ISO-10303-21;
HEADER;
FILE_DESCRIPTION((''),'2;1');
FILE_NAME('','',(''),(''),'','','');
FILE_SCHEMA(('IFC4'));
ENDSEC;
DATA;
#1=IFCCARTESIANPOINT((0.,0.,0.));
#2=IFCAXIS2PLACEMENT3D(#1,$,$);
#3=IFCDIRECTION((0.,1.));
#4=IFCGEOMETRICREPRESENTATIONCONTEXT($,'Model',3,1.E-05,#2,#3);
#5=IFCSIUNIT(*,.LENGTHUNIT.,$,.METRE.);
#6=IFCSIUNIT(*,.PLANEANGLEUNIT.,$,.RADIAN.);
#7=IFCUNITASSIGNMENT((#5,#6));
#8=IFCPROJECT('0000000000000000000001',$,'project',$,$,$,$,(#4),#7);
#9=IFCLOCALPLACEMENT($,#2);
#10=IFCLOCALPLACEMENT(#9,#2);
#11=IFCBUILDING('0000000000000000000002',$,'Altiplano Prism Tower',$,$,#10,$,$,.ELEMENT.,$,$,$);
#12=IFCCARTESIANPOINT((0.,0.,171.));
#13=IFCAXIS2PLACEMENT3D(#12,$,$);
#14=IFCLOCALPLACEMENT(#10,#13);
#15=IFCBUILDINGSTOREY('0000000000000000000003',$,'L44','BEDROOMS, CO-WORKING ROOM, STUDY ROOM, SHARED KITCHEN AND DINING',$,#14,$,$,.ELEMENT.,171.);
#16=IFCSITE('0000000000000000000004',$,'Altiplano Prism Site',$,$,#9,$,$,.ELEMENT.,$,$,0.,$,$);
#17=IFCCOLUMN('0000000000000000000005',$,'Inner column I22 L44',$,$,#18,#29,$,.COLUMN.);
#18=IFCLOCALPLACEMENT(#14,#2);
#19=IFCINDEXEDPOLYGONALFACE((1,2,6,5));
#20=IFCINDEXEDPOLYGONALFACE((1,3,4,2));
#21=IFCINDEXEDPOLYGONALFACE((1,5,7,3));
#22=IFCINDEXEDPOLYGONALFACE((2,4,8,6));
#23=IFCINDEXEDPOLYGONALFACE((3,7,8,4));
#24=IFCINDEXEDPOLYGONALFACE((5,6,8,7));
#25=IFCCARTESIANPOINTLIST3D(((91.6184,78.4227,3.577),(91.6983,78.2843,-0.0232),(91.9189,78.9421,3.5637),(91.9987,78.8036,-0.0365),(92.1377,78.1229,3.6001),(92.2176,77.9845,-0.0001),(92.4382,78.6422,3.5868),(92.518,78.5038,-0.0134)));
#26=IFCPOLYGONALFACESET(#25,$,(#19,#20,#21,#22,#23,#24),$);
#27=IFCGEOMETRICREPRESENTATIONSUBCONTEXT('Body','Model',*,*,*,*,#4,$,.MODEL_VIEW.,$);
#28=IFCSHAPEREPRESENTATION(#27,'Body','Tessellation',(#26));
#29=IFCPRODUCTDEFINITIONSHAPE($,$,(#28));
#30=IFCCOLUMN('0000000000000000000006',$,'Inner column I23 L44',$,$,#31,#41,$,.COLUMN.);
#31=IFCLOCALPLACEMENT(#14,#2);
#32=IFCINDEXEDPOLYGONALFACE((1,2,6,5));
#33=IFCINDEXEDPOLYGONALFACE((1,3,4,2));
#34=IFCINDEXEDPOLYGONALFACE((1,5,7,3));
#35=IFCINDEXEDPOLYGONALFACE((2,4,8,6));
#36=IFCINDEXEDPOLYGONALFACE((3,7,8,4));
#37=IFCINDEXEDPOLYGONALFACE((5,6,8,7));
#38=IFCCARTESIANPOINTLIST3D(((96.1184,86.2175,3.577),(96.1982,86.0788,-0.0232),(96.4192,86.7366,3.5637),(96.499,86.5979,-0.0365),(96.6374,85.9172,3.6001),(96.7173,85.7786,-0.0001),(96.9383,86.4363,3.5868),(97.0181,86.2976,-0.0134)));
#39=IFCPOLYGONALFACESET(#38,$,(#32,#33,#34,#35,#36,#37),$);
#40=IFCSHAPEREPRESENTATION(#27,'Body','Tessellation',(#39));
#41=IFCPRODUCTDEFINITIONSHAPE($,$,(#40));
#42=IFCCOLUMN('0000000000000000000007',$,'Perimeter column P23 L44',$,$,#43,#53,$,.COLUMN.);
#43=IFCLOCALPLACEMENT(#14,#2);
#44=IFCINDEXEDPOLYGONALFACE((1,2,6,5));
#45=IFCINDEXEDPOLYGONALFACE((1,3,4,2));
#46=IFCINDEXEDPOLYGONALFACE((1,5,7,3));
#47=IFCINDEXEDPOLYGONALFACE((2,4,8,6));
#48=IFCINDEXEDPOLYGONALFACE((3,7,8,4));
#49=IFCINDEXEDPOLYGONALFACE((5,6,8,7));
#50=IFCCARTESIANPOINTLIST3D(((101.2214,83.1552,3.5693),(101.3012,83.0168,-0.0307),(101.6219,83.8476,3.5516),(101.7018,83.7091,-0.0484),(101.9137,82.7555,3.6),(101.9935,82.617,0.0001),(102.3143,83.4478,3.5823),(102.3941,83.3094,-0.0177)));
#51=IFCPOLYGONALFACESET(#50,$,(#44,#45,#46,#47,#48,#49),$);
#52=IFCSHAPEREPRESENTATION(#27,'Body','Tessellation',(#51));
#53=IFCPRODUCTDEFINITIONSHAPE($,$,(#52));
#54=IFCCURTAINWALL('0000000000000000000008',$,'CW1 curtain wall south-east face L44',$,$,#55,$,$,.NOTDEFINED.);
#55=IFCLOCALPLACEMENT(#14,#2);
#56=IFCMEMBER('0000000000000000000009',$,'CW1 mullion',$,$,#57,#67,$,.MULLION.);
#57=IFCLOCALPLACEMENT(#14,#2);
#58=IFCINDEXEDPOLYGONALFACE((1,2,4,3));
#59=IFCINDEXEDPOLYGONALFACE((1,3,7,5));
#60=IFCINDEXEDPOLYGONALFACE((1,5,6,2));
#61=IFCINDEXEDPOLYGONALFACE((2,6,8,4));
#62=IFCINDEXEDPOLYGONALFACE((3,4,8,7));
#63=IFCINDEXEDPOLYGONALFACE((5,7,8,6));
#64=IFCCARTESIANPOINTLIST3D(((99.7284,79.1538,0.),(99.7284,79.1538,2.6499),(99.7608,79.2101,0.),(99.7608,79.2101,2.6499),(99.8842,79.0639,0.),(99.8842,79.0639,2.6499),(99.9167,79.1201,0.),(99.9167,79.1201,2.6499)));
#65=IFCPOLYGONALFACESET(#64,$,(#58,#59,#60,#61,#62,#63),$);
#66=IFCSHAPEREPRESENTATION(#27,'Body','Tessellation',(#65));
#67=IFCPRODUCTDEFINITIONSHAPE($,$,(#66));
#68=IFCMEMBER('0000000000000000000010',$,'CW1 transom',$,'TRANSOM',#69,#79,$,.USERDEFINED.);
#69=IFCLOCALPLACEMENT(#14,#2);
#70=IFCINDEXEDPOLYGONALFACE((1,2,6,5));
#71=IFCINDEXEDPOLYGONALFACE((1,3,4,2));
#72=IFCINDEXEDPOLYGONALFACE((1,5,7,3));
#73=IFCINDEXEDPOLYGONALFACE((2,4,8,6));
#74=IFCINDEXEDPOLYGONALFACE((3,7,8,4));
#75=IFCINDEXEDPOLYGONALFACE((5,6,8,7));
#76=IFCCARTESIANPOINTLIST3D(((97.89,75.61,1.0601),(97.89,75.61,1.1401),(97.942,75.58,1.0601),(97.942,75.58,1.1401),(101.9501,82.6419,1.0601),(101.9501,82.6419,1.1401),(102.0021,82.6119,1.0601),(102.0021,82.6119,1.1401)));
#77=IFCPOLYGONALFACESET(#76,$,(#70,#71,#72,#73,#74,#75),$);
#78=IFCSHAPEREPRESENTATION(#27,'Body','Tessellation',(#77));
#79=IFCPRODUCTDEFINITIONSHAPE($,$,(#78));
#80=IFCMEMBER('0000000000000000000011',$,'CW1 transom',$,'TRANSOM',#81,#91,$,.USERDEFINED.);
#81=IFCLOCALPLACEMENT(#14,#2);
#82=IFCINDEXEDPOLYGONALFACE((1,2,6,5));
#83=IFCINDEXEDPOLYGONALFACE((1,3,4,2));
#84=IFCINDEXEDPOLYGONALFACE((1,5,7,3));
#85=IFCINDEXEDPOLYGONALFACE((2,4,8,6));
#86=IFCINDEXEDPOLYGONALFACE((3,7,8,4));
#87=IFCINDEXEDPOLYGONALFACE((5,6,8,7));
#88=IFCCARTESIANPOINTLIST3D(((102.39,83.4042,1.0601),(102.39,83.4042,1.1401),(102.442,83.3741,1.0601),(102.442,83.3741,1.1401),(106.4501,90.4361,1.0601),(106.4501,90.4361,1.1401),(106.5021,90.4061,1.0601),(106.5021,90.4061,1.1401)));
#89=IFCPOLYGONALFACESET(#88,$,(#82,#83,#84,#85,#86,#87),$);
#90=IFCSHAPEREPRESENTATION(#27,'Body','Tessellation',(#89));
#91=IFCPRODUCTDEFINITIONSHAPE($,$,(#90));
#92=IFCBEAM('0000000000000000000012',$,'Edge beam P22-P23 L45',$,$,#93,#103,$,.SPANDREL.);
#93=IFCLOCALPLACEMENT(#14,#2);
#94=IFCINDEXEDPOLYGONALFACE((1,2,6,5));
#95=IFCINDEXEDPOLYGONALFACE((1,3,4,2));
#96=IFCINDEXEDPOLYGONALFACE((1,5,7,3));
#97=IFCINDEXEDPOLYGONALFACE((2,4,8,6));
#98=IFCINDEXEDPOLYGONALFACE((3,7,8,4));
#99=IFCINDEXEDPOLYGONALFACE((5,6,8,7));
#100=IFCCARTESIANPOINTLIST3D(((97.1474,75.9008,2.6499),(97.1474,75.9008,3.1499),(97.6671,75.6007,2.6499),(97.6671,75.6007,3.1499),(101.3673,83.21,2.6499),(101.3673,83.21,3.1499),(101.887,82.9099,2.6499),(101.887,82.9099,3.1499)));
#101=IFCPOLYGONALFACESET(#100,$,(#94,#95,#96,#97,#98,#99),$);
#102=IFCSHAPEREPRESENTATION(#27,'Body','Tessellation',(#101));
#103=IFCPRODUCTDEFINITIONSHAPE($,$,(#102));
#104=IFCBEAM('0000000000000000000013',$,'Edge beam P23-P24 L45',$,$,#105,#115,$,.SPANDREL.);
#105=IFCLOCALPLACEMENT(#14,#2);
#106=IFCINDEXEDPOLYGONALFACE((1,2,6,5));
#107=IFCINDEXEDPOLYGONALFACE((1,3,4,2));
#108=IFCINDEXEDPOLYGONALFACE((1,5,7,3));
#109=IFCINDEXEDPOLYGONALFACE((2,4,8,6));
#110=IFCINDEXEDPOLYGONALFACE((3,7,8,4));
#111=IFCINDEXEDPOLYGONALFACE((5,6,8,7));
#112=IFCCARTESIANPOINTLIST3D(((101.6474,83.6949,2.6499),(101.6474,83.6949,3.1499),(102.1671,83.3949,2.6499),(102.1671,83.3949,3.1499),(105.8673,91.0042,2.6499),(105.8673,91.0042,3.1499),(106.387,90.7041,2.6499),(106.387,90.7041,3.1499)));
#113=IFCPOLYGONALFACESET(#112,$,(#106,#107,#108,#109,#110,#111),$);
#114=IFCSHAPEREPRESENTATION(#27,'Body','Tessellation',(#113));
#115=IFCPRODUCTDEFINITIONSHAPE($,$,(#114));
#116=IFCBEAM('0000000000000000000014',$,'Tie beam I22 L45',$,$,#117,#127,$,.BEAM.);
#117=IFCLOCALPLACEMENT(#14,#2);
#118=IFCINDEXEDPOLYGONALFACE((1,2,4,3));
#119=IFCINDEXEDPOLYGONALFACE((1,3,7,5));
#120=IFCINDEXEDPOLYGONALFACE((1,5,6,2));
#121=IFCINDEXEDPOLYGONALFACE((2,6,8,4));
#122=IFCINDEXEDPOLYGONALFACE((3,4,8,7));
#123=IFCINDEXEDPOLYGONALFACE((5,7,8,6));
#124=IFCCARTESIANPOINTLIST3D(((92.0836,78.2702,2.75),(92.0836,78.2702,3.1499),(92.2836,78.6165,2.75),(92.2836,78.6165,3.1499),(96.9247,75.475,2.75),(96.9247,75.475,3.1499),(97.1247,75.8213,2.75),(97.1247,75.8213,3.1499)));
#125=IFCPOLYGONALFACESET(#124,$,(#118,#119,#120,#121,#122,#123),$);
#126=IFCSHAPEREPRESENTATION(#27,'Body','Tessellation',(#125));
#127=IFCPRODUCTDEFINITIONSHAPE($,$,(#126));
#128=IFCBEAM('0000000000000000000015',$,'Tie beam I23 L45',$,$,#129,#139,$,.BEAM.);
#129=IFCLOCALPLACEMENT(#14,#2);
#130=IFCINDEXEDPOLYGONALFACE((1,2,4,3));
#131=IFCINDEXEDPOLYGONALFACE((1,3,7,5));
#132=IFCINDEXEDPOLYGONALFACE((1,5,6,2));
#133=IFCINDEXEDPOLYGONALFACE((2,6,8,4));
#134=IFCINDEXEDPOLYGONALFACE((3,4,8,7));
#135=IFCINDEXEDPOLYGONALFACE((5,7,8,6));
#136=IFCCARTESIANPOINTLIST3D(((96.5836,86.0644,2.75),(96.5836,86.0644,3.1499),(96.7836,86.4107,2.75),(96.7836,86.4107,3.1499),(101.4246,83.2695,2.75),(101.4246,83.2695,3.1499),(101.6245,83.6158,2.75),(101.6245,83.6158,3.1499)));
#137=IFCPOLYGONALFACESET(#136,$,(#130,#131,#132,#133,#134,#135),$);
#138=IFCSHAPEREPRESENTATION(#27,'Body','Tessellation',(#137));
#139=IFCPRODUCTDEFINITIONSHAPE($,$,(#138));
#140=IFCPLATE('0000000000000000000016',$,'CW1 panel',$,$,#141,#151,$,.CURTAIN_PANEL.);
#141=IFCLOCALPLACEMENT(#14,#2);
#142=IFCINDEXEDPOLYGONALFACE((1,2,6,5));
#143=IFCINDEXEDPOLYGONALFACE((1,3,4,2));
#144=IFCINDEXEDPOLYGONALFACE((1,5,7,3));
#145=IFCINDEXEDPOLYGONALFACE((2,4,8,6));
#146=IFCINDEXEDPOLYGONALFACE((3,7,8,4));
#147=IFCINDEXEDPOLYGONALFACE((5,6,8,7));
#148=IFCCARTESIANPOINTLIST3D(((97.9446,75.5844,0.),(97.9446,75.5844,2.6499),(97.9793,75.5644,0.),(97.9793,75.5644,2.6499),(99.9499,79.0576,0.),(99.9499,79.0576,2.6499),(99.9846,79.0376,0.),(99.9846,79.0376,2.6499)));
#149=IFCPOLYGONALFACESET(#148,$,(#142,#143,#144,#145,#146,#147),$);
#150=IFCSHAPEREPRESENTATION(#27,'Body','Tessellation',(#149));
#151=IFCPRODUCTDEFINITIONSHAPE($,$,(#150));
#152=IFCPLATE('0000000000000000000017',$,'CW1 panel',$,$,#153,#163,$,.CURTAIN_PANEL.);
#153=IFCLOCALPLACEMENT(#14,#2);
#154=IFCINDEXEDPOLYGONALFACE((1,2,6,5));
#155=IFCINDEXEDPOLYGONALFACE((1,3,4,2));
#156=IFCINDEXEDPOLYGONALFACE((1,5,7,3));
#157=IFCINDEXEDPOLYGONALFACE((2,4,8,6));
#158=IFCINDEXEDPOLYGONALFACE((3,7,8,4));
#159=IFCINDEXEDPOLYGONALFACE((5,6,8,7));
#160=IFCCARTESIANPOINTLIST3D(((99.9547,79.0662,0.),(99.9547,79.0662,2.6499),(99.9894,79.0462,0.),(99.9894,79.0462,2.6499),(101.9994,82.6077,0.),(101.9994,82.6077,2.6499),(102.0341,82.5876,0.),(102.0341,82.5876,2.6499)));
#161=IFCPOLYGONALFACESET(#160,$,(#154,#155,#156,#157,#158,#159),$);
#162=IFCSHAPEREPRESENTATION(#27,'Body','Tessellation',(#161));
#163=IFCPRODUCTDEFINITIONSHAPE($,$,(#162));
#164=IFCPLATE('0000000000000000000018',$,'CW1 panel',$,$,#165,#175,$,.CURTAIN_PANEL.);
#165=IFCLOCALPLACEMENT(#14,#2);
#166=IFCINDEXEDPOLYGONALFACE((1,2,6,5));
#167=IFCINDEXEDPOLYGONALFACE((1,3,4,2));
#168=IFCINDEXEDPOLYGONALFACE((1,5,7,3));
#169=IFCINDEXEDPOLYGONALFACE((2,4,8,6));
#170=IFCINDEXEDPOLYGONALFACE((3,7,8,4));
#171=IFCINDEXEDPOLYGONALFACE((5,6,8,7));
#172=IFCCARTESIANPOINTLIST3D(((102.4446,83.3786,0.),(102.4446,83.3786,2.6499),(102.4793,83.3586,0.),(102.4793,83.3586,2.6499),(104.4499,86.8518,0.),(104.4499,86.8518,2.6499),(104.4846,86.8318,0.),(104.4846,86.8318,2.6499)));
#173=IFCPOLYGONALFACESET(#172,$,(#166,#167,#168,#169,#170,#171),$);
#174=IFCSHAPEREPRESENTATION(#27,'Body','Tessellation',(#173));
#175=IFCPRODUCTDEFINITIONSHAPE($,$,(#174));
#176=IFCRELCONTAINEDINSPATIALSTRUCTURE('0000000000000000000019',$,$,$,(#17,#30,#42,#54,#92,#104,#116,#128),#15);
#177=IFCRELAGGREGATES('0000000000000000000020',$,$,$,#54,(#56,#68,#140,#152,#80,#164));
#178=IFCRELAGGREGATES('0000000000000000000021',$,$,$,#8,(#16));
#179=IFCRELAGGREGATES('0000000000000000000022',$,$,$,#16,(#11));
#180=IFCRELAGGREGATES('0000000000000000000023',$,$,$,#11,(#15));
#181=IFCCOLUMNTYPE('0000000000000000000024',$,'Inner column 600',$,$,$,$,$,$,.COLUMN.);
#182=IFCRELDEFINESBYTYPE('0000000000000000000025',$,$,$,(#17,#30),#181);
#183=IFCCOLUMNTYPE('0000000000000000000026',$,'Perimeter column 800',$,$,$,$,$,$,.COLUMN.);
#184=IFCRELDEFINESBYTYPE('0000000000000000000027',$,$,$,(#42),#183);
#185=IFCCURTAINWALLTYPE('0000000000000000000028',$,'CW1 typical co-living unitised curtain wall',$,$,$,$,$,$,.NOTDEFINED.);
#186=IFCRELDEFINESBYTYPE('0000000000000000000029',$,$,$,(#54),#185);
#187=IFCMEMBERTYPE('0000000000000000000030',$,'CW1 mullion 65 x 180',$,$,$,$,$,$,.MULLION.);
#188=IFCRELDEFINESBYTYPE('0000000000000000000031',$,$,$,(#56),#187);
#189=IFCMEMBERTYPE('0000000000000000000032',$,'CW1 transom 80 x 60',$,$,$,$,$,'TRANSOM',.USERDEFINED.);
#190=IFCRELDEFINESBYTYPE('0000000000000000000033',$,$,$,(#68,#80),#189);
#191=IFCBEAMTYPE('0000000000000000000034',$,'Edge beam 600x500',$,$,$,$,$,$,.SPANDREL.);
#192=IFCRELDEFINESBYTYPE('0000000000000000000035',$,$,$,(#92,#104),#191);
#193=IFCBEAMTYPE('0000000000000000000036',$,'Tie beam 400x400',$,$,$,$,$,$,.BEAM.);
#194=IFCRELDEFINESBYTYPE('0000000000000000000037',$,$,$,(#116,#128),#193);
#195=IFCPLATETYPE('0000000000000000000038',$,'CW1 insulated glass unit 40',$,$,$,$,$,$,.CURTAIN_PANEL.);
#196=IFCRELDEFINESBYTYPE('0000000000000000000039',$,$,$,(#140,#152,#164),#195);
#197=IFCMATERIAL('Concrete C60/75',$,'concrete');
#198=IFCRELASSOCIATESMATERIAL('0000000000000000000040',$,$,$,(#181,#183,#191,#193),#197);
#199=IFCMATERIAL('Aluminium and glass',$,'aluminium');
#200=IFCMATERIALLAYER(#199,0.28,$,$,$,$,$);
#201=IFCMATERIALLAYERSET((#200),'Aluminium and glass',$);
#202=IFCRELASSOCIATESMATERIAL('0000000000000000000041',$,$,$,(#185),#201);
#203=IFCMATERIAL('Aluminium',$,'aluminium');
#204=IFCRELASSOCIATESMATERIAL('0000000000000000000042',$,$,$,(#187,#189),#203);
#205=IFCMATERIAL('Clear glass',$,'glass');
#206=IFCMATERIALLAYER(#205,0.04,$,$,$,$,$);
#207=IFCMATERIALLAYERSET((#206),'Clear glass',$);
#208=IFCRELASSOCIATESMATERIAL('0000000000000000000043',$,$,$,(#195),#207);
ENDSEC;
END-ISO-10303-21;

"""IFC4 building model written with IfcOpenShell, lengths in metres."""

from ifc_helpers import new_model, si_unit, direction, frame, origin, origin_2d, place, context, subcontext, project, spatial, rectangle, extrude, material, layer, layer_set, material_profile, profile_set, type_object, element, aggregate, save


model = new_model("IFC4")

# Units and contexts
model_context = context("Model", 3, precision=1e-05, world=origin(), true_north=direction((0.0, 1.0)))
body_context = subcontext(model_context, "Body", "Model", "MODEL_VIEW")
ifc_project = project(units=[si_unit("LENGTHUNIT", "METRE"), si_unit("PLANEANGLEUNIT", "RADIAN")], contexts=[model_context])

# Site, building, storey
site_placement = place(None, origin())
site = spatial("IfcSite", under=ifc_project, at=site_placement, Name="Altiplano Prism Site", CompositionType="ELEMENT", RefElevation=0.0)
building_placement = place(site_placement, origin())
building = spatial("IfcBuilding", under=site, at=building_placement, Name="Altiplano Prism Tower", CompositionType="ELEMENT")
storey_placement = place(building_placement, frame((0.0, 0.0, 171.0)))
storey = spatial("IfcBuildingStorey", under=building, at=storey_placement, Name="L44", Description="BEDROOMS, CO-WORKING ROOM, STUDY ROOM, SHARED KITCHEN AND DINING", CompositionType="ELEMENT", Elevation=171.0)

# Columns
ifc_material_1 = material(Name="Concrete C60/75", Category="concrete")
ifc_material_profile_1 = material_profile(ifc_material_1, rectangle(XDim=0.6001, YDim=0.6001, at=origin_2d()), Name="Inner column 600")
ifc_profile_set_1 = profile_set([ifc_material_profile_1], Name="Concrete C60/75")
column_type_1 = type_object("IfcColumnType", Name="Inner column 600", PredefinedType="COLUMN", material=ifc_profile_set_1)
for number, where, z_axis, x_axis, name in (
    (1, (92.1082, 78.394, -0.0183), (-0.022154, 0.038413, 0.999016), (-0.500653, -0.865364, 0.022172), "Inner column I22 L44"),
    (2, (96.6082, 86.1882, -0.0183), (-0.022154, 0.038481, 0.999014), (-0.501318, -0.864979, 0.022201), "Inner column I23 L44"),
):
    element("IfcColumn", number, at=place(storey_placement, frame(where, z_axis=z_axis, x_axis=x_axis)), inside=storey, type_object=column_type_1, Name=name, PredefinedType="COLUMN", context=body_context, shape_type="SweptSolid", body=[
        extrude(rectangle(XDim=0.6001, YDim=0.6001, at=origin_2d()), origin(), (0.0, 0.0, 1.0), 3.6038),
    ])
ifc_material_profile_2 = material_profile(ifc_material_1, rectangle(XDim=0.8, YDim=0.8, at=origin_2d()), Name="Perimeter column 800")
ifc_profile_set_2 = profile_set([ifc_material_profile_2], Name="Concrete C60/75")
column_type_2 = type_object("IfcColumnType", Name="Perimeter column 800", PredefinedType="COLUMN", material=ifc_profile_set_2)
column_placement = place(storey_placement, frame((101.8477, 83.1631, -0.0242), z_axis=(-0.022155, 0.038416, 0.999016), x_axis=(-0.500657, -0.865361, 0.022173)))
element("IfcColumn", 3, at=column_placement, inside=storey, type_object=column_type_2, Name="Perimeter column P23 L44", PredefinedType="COLUMN", context=body_context, shape_type="SweptSolid", body=[
    extrude(rectangle(XDim=0.8, YDim=0.8, at=origin_2d()), origin(), (0.0, 0.0, 1.0), 3.6035),
])

# Curtain wall, members
ifc_material_2 = material(Name="Aluminium and glass", Category="aluminium")
ifc_layer_1 = layer(ifc_material_2, 0.28)
ifc_layer_set_1 = layer_set([ifc_layer_1], Name="Aluminium and glass")
curtain_wall_type = type_object("IfcCurtainWallType", Name="CW1 typical co-living unitised curtain wall", PredefinedType="NOTDEFINED", material=ifc_layer_set_1)
curtain_wall_placement = place(storey_placement, origin())
curtain_wall = element("IfcCurtainWall", 4, at=curtain_wall_placement, inside=storey, type_object=curtain_wall_type, Name="CW1 curtain wall south-east face L44", PredefinedType="NOTDEFINED")
ifc_material_3 = material(Name="Aluminium", Category="aluminium")
ifc_material_profile_3 = material_profile(ifc_material_3, rectangle(XDim=0.1799, YDim=0.0649, at=origin_2d()), Name="CW1 mullion 65 x 180")
ifc_profile_set_3 = profile_set([ifc_material_profile_3], Name="Aluminium")
member_type_1 = type_object("IfcMemberType", Name="CW1 mullion 65 x 180", PredefinedType="MULLION", material=ifc_profile_set_3)
member_1_placement = place(storey_placement, frame((99.8225, 79.137, 0.0), z_axis=(0.0, 0.0, 1.0), x_axis=(-0.866025, 0.5, 0.0)))
member_1 = element("IfcMember", 5, at=member_1_placement, type_object=member_type_1, Name="CW1 mullion", PredefinedType="MULLION", context=body_context, shape_type="SweptSolid", body=[
    extrude(rectangle(XDim=0.1799, YDim=0.0649, at=origin_2d()), origin(), (0.0, 0.0, 1.0), 2.6499),
])
ifc_material_profile_4 = material_profile(ifc_material_3, rectangle(XDim=0.0601, YDim=0.0801, at=origin_2d()), Name="CW1 transom 80 x 60")
ifc_profile_set_4 = profile_set([ifc_material_profile_4], Name="Aluminium")
member_type_2 = type_object("IfcMemberType", Name="CW1 transom 80 x 60", ElementType="TRANSOM", PredefinedType="USERDEFINED", material=ifc_profile_set_4)
member_2_placement = place(storey_placement, frame((97.916, 75.595, 1.1001), z_axis=(0.500013, 0.866018, 0.0), x_axis=(-0.866018, 0.500013, 0.0)))
member_2 = element("IfcMember", 6, at=member_2_placement, type_object=member_type_2, Name="CW1 transom", ObjectType="TRANSOM", PredefinedType="USERDEFINED", context=body_context, shape_type="SweptSolid", body=[
    extrude(rectangle(XDim=0.0601, YDim=0.0801, at=origin_2d()), origin(), (0.0, 0.0, 1.0), 8.1199),
])
member_3_placement = place(storey_placement, frame((102.416, 83.3892, 1.1001), z_axis=(0.500013, 0.866018, 0.0), x_axis=(-0.866018, 0.500013, 0.0)))
member_3 = element("IfcMember", 7, at=member_3_placement, type_object=member_type_2, Name="CW1 transom", ObjectType="TRANSOM", PredefinedType="USERDEFINED", context=body_context, shape_type="SweptSolid", body=[
    extrude(rectangle(XDim=0.0601, YDim=0.0801, at=origin_2d()), origin(), (0.0, 0.0, 1.0), 8.1199),
])

# Beams
ifc_material_profile_5 = material_profile(ifc_material_1, rectangle(XDim=0.6001, YDim=0.5, at=origin_2d()), Name="Edge beam 600x500")
ifc_profile_set_5 = profile_set([ifc_material_profile_5], Name="Concrete C60/75")
beam_type_1 = type_object("IfcBeamType", Name="Edge beam 600x500", PredefinedType="SPANDREL", material=ifc_profile_set_5)
for number, where, z_axis, x_axis, name in (
    (8, (97.4072, 75.7507, 2.8999), (0.499994, 0.866029, 0.0), (-0.866029, 0.499994, 0.0), "Edge beam P22-P23 L45"),
    (9, (101.9072, 83.5449, 2.8999), (0.499994, 0.866029, 0.0), (-0.866029, 0.499994, 0.0), "Edge beam P23-P24 L45"),
):
    element("IfcBeam", number, at=place(storey_placement, frame(where, z_axis=z_axis, x_axis=x_axis)), inside=storey, type_object=beam_type_1, Name=name, PredefinedType="SPANDREL", context=body_context, shape_type="SweptSolid", body=[
        extrude(rectangle(XDim=0.6001, YDim=0.5, at=origin_2d()), origin(), (0.0, 0.0, 1.0), 8.4399),
    ])
ifc_material_profile_6 = material_profile(ifc_material_1, rectangle(XDim=0.3999, YDim=0.3999, at=origin_2d()), Name="Tie beam 400x400")
ifc_profile_set_6 = profile_set([ifc_material_profile_6], Name="Concrete C60/75")
beam_type_2 = type_object("IfcBeamType", Name="Tie beam 400x400", PredefinedType="BEAM", material=ifc_profile_set_6)
beam_1_placement = place(storey_placement, frame((92.1836, 78.4434, 2.95), z_axis=(0.866012, -0.500024, 0.0), x_axis=(0.500024, 0.866012, 0.0)))
element("IfcBeam", 10, at=beam_1_placement, inside=storey, type_object=beam_type_2, Name="Tie beam I22 L45", PredefinedType="BEAM", context=body_context, shape_type="SweptSolid", body=[
    extrude(rectangle(XDim=0.3999, YDim=0.3999, at=origin_2d()), origin(), (0.0, 0.0, 1.0), 5.5901),
])
beam_2_placement = place(storey_placement, frame((96.6836, 86.2375, 2.95), z_axis=(0.866031, -0.499991, 0.0), x_axis=(0.499991, 0.866031, 0.0)))
element("IfcBeam", 11, at=beam_2_placement, inside=storey, type_object=beam_type_2, Name="Tie beam I23 L45", PredefinedType="BEAM", context=body_context, shape_type="SweptSolid", body=[
    extrude(rectangle(XDim=0.3999, YDim=0.3999, at=origin_2d()), origin(), (0.0, 0.0, 1.0), 5.5898),
])

# Plates
ifc_material_4 = material(Name="Clear glass", Category="glass")
ifc_layer_2 = layer(ifc_material_4, 0.04)
ifc_layer_set_2 = layer_set([ifc_layer_2], Name="Clear glass")
plate_type = type_object("IfcPlateType", Name="CW1 insulated glass unit 40", PredefinedType="CURTAIN_PANEL", material=ifc_layer_set_2)
plate_1_placement = place(storey_placement, frame((98.9646, 77.311, 0.0), z_axis=(0.0, 0.0, 1.0), x_axis=(0.5, 0.866025, 0.0)))
plate_1 = element("IfcPlate", 12, at=plate_1_placement, type_object=plate_type, Name="CW1 panel", PredefinedType="CURTAIN_PANEL", context=body_context, shape_type="SweptSolid", body=[
    extrude(rectangle(XDim=4.0105, YDim=0.04, at=origin_2d()), origin(), (0.0, 0.0, 1.0), 2.6499),
])
plate_2_placement = place(storey_placement, frame((100.9944, 80.8269, 0.0), z_axis=(0.0, 0.0, 1.0), x_axis=(0.5, 0.866025, 0.0)))
plate_2 = element("IfcPlate", 13, at=plate_2_placement, type_object=plate_type, Name="CW1 panel", PredefinedType="CURTAIN_PANEL", context=body_context, shape_type="SweptSolid", body=[
    extrude(rectangle(XDim=4.0894, YDim=0.04, at=origin_2d()), origin(), (0.0, 0.0, 1.0), 2.6499),
])
plate_3_placement = place(storey_placement, frame((103.4646, 85.1052, 0.0), z_axis=(0.0, 0.0, 1.0), x_axis=(0.5, 0.866025, 0.0)))
plate_3 = element("IfcPlate", 14, at=plate_3_placement, type_object=plate_type, Name="CW1 panel", PredefinedType="CURTAIN_PANEL", context=body_context, shape_type="SweptSolid", body=[
    extrude(rectangle(XDim=4.0105, YDim=0.04, at=origin_2d()), origin(), (0.0, 0.0, 1.0), 2.6499),
])
aggregate(curtain_wall, [member_1, member_2, plate_1, plate_2, member_3, plate_3])

save(model, "model.ifc")
